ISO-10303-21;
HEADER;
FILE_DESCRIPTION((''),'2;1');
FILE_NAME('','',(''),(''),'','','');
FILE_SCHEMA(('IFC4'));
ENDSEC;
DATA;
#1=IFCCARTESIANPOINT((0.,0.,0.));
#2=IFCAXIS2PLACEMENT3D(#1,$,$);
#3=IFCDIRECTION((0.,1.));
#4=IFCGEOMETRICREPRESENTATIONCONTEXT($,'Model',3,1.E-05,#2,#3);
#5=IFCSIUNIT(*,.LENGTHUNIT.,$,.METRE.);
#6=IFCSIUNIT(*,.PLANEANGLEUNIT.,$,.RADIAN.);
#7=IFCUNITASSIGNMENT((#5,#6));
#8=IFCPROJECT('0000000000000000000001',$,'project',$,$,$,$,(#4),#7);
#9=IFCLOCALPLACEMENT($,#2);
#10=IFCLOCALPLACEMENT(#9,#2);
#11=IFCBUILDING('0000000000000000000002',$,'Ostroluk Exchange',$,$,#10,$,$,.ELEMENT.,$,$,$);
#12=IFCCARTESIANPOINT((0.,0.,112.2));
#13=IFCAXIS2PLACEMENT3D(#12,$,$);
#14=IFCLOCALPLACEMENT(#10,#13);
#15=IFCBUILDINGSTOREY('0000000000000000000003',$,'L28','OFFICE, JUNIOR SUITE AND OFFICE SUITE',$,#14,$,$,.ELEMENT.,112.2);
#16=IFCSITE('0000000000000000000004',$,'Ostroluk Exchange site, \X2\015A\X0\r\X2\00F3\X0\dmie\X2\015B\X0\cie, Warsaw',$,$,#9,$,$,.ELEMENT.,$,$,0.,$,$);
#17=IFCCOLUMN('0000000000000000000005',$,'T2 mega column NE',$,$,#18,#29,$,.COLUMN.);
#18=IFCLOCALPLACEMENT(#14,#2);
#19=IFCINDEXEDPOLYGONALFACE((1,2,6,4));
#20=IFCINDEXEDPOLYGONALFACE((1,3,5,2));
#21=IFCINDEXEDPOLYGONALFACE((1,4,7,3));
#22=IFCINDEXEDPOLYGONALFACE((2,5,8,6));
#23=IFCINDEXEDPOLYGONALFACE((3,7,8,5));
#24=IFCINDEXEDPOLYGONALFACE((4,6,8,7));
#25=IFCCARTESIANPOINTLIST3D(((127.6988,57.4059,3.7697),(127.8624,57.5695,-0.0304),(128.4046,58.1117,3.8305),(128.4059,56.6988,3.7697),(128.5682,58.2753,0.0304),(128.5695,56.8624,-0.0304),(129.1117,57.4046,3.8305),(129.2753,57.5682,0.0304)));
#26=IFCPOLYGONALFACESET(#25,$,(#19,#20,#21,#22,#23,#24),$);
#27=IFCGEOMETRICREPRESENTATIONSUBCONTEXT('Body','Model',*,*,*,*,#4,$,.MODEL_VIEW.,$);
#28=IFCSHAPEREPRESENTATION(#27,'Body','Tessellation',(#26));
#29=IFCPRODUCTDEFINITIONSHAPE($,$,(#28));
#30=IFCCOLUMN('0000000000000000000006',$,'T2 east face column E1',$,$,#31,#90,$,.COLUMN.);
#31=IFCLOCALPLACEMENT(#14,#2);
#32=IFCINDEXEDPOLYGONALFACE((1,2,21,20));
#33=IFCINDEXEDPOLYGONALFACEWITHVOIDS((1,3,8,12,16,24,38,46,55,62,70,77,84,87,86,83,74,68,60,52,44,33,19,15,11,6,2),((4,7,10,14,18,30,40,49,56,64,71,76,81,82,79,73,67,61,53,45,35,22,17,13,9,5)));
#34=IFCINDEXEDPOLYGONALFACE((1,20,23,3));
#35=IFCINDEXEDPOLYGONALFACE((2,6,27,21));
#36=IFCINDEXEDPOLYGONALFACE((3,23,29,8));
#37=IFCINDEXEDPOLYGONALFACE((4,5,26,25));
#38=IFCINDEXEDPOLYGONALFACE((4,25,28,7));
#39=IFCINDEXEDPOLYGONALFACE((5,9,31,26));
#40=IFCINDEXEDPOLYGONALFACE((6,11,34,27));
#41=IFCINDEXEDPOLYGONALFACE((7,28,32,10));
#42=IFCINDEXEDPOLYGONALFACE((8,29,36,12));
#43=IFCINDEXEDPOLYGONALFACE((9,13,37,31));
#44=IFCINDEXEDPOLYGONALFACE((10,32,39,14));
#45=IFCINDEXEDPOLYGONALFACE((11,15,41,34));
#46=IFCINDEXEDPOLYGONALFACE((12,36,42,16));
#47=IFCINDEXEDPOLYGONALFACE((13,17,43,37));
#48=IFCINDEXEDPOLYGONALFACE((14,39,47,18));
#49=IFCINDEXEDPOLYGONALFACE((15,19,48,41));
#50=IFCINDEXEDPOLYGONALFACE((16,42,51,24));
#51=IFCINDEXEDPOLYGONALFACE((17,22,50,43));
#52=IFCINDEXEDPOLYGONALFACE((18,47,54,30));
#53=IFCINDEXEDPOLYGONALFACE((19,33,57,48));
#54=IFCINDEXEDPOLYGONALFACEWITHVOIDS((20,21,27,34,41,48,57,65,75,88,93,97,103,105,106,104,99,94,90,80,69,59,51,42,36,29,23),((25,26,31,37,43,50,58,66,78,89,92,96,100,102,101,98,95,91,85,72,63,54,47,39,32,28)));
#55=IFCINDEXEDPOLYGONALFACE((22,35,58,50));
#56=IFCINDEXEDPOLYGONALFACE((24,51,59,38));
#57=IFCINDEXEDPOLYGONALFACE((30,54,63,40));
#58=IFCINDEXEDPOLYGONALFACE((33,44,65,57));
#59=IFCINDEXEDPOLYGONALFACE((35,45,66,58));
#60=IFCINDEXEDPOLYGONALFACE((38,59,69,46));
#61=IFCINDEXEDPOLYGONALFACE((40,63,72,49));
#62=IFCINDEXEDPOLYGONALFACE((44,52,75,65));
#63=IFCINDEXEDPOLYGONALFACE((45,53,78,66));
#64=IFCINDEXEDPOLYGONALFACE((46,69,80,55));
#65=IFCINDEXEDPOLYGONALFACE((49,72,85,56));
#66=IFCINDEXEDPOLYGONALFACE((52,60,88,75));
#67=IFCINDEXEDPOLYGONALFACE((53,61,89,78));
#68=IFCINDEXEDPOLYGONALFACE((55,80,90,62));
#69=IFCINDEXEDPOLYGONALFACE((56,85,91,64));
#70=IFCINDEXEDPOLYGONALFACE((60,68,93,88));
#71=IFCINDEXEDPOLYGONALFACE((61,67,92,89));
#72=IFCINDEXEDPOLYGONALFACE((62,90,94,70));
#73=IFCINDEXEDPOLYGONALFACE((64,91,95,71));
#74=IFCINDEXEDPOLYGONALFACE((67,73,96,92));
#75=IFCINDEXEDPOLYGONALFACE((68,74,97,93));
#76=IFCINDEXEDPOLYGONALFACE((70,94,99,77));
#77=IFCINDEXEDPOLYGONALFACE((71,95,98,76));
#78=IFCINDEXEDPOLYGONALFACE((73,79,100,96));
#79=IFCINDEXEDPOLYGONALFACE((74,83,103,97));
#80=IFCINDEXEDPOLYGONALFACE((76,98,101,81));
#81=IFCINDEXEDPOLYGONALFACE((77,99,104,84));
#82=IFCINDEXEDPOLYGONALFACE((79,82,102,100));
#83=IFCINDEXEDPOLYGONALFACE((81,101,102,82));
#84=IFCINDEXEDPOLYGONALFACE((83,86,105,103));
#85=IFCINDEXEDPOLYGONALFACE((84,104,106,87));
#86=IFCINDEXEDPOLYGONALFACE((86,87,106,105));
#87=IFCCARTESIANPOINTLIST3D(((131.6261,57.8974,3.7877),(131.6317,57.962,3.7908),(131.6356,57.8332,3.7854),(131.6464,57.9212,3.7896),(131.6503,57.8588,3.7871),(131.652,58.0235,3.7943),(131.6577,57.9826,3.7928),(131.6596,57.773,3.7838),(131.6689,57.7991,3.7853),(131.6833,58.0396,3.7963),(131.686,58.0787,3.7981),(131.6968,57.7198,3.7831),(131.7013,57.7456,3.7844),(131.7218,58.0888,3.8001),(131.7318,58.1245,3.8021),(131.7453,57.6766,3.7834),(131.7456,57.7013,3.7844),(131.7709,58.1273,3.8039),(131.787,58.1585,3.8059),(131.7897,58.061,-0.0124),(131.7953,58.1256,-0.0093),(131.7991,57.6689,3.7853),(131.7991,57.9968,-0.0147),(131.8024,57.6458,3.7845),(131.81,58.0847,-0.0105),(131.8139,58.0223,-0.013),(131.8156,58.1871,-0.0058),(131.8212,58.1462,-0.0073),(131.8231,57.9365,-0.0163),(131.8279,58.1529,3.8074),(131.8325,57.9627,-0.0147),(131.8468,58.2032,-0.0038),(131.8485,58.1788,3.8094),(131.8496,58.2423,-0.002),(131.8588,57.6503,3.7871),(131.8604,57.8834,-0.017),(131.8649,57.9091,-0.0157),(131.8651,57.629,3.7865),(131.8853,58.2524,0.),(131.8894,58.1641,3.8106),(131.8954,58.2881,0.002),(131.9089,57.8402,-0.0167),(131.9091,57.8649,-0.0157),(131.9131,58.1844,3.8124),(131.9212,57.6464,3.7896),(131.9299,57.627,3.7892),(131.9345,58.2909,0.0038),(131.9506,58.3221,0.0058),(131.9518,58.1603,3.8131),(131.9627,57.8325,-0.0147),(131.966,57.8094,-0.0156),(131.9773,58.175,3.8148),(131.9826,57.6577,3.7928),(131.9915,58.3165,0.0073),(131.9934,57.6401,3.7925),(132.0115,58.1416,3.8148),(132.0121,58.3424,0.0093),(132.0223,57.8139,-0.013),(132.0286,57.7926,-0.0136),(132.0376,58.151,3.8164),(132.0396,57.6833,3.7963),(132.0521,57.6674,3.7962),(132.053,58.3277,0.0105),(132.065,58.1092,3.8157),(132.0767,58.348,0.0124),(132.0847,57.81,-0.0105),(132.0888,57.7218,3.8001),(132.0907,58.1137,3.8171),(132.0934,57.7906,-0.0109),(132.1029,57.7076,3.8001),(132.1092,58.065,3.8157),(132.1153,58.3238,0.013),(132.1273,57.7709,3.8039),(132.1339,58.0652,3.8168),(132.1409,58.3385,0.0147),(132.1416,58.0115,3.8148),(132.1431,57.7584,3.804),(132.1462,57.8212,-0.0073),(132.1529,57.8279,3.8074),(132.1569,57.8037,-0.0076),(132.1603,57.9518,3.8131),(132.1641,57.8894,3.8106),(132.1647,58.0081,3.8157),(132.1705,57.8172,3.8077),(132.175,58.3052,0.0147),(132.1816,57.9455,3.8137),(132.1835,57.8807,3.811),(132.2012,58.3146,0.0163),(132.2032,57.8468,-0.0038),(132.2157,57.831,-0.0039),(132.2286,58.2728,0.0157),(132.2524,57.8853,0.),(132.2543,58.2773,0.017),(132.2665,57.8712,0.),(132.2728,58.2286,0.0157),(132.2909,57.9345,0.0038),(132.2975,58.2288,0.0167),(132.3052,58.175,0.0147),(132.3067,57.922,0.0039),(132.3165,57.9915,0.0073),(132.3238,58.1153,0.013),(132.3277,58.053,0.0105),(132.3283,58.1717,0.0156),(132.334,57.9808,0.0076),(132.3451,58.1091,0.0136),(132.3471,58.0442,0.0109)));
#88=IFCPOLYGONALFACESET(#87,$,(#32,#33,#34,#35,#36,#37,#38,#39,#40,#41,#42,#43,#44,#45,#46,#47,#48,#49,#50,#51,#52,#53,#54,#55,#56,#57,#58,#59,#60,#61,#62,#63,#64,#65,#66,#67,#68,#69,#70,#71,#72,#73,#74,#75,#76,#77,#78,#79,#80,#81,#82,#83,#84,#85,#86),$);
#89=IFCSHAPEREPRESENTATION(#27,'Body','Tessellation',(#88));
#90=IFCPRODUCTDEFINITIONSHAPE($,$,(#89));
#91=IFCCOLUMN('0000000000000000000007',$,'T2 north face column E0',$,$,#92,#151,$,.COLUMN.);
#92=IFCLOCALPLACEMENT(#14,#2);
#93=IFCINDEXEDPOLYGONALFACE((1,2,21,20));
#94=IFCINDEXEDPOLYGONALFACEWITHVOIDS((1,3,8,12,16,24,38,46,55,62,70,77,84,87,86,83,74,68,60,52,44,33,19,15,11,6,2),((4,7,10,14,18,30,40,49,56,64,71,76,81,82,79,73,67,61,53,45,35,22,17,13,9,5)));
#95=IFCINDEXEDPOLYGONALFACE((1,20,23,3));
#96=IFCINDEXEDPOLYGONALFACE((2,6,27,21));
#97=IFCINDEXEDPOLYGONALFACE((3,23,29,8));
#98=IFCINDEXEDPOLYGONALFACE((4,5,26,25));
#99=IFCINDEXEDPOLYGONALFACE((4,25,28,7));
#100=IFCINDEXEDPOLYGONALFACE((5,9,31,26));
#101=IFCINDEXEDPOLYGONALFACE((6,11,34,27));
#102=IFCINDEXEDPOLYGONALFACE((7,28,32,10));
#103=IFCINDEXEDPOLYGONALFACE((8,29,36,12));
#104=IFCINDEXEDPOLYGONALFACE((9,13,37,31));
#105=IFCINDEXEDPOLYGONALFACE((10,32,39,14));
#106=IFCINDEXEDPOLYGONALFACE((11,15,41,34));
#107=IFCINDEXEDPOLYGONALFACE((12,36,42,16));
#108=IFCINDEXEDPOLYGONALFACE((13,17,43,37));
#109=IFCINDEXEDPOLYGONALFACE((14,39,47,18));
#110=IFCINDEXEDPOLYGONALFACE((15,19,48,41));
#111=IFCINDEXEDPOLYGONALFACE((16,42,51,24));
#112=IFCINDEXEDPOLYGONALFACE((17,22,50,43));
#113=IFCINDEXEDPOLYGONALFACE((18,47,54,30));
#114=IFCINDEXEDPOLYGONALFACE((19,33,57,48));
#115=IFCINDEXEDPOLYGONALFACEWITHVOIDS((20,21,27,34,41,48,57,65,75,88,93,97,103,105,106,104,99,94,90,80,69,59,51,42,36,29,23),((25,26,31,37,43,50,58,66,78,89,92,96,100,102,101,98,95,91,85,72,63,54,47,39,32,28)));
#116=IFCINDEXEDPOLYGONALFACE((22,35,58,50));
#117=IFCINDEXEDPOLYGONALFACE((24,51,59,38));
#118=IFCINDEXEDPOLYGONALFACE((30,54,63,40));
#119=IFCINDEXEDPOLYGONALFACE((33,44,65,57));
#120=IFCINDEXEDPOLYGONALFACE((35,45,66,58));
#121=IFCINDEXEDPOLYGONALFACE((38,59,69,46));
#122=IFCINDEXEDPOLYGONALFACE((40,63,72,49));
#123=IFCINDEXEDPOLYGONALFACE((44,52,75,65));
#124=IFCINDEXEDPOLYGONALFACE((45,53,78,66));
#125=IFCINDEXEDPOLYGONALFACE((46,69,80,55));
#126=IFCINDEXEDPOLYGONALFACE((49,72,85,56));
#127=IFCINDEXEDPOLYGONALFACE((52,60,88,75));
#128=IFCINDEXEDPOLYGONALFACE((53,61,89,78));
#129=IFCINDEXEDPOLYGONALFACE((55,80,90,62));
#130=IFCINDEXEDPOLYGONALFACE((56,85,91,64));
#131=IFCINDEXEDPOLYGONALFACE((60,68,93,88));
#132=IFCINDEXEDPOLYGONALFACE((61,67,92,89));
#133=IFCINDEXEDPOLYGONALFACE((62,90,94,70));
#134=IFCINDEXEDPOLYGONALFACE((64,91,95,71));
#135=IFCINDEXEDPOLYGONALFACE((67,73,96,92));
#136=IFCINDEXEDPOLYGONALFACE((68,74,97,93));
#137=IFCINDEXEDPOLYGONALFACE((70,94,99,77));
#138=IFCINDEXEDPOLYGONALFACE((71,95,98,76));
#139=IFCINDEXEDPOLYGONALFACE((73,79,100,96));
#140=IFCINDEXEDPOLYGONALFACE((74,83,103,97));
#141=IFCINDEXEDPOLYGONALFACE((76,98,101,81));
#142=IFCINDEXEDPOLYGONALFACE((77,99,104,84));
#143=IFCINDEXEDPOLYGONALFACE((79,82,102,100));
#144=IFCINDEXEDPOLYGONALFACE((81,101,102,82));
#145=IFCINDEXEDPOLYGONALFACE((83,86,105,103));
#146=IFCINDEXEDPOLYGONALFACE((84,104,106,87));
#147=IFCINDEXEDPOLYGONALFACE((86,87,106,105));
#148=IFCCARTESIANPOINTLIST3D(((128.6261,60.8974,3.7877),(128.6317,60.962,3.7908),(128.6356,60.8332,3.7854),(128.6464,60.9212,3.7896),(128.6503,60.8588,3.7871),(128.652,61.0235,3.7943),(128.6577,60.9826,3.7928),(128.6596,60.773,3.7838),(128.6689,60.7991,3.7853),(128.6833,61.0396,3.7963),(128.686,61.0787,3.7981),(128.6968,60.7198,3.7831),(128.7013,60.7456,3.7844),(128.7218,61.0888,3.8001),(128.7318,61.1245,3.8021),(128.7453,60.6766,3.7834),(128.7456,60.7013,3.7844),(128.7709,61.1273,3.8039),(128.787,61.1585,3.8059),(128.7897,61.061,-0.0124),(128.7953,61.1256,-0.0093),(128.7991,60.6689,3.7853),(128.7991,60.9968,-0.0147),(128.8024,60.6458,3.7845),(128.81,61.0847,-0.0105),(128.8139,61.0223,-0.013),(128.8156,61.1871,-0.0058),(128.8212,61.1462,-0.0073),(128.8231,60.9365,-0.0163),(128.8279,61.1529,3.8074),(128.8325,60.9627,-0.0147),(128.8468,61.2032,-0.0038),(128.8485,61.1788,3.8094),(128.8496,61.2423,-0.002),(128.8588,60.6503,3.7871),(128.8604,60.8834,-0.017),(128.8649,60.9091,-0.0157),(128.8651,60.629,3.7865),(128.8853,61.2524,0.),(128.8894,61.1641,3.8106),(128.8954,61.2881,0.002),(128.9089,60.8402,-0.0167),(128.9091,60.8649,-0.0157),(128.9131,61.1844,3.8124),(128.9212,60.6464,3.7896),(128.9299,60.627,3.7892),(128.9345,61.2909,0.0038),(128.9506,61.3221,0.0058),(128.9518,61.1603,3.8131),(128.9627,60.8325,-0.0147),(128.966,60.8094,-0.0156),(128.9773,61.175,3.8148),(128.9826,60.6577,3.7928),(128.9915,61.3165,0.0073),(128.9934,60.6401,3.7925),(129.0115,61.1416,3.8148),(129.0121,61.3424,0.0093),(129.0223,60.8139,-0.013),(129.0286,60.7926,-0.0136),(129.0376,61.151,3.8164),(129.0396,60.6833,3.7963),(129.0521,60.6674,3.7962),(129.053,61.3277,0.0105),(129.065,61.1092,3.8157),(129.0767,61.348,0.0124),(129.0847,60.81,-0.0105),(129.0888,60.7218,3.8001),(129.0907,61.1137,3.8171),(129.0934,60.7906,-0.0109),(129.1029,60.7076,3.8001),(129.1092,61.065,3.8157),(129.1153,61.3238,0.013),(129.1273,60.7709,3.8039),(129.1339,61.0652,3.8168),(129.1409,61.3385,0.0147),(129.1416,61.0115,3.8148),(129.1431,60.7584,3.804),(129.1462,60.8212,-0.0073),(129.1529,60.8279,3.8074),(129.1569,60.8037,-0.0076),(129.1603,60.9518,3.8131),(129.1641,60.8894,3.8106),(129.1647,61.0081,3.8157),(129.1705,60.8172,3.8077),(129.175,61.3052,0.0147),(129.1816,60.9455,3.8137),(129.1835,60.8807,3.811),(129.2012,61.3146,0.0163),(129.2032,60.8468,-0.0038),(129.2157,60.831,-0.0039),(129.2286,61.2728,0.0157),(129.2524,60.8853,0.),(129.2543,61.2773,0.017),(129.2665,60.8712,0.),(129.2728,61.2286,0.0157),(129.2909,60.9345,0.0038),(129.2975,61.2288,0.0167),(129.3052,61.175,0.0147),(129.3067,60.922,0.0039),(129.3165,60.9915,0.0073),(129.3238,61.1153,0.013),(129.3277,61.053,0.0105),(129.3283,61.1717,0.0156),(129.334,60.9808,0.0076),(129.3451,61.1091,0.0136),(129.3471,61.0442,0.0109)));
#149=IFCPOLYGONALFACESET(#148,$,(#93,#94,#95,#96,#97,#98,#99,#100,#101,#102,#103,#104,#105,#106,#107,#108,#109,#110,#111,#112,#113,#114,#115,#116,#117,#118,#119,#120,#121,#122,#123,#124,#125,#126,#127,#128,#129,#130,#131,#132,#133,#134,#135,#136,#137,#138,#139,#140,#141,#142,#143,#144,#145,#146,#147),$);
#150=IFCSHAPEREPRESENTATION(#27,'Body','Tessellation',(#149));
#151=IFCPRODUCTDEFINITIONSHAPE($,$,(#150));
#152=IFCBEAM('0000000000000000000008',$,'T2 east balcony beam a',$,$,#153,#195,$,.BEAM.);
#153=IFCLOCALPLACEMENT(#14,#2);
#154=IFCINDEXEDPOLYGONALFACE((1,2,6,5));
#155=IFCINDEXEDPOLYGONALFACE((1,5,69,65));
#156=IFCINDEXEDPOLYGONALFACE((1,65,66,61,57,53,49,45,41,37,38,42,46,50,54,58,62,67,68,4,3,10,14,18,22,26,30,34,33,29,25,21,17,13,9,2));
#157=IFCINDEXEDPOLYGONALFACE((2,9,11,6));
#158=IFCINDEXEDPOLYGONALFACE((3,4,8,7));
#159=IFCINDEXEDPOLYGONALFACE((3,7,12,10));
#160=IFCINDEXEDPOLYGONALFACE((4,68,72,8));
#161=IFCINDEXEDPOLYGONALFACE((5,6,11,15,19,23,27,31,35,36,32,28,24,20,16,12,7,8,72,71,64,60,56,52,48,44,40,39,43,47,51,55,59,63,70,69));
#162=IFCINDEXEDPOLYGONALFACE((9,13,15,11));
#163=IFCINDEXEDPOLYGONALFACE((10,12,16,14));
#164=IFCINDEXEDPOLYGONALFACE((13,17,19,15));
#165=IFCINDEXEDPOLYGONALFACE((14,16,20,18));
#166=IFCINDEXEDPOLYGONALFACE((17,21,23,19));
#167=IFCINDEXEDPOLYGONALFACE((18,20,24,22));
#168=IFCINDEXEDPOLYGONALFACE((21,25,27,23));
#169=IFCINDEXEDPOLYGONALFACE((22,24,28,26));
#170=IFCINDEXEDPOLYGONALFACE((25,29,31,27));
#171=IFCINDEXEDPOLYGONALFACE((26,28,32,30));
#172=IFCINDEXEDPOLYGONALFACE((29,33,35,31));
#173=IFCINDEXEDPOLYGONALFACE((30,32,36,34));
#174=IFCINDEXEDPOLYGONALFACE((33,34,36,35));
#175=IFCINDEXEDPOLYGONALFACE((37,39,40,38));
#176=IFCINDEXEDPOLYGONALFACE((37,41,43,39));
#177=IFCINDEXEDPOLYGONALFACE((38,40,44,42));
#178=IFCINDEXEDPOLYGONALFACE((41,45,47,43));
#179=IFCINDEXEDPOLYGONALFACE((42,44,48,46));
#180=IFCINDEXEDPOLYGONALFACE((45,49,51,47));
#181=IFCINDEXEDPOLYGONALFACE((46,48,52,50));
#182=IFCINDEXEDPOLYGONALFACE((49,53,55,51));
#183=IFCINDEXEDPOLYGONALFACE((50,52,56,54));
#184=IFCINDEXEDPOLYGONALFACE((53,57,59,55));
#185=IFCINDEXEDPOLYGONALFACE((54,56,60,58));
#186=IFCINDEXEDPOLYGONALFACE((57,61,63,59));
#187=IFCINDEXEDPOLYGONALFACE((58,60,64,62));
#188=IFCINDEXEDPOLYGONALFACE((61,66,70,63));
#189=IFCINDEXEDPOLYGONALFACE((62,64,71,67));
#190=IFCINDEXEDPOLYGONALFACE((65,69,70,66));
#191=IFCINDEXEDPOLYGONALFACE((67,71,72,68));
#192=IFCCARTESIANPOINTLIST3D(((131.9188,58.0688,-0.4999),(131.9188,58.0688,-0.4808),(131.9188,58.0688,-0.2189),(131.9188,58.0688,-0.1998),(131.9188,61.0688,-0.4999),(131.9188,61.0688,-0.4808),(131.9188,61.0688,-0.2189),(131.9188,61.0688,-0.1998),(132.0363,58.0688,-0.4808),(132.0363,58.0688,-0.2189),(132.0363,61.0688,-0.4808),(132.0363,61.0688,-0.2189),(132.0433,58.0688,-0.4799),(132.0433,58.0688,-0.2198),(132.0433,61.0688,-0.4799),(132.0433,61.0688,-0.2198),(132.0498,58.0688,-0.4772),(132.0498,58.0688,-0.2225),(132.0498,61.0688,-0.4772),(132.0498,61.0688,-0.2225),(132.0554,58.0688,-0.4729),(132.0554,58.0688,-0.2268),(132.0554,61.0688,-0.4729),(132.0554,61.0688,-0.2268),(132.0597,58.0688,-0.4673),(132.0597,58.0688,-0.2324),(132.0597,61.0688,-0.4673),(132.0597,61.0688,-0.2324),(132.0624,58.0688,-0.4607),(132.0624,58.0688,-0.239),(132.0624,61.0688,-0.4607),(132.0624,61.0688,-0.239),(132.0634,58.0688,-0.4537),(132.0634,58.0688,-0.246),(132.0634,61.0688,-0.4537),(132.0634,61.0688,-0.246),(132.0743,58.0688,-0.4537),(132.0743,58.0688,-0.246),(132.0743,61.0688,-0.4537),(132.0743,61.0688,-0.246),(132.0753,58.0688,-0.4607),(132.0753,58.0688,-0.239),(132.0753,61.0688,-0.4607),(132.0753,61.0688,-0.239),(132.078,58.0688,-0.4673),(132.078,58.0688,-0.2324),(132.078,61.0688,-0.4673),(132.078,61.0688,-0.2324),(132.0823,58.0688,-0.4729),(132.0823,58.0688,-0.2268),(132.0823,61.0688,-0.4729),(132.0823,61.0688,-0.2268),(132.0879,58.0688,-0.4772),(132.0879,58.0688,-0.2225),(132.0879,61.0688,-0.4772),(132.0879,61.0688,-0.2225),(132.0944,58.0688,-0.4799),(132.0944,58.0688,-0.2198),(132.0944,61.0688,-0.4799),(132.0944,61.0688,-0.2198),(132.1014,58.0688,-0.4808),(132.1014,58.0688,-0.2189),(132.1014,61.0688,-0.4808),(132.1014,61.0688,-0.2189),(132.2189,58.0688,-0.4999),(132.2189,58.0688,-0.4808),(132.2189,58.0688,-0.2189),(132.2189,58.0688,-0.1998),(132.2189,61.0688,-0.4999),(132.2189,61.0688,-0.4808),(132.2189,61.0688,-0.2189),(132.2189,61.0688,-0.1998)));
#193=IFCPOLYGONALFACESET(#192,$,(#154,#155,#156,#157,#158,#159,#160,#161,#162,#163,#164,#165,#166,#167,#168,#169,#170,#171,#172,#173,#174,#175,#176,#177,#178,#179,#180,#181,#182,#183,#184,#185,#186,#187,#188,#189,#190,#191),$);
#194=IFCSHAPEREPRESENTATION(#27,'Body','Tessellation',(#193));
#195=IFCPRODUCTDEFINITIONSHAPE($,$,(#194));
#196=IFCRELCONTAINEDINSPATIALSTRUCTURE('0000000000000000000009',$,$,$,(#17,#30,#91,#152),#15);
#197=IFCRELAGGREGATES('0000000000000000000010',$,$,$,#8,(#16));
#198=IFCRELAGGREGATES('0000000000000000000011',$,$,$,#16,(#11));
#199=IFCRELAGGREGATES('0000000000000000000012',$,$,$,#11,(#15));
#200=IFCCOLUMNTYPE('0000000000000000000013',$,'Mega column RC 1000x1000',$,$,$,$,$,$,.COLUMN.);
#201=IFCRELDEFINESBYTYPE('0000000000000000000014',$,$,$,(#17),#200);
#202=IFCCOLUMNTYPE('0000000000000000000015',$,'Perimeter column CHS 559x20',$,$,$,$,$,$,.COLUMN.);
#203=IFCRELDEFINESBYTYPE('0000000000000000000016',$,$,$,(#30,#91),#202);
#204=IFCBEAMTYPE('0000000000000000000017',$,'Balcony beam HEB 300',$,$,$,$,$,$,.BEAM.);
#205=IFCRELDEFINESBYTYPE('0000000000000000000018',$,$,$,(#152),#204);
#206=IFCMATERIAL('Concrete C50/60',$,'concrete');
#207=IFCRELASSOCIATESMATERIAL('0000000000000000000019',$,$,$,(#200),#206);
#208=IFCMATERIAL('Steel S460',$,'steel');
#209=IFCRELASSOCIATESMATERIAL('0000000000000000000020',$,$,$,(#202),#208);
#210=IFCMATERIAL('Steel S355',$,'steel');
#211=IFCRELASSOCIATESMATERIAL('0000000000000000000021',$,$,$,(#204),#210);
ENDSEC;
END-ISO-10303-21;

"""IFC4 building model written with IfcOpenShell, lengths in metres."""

from ifc_helpers import new_model, si_unit, direction, frame, origin, origin_2d, place, context, subcontext, project, spatial, rectangle, hollow_circle, i_section, extrude, material, material_profile, profile_set, type_object, element, save


model = new_model("IFC4")

# Units and contexts
model_context = context("Model", 3, precision=1e-05, world=origin(), true_north=direction((0.0, 1.0)))
body_context = subcontext(model_context, "Body", "Model", "MODEL_VIEW")
ifc_project = project(units=[si_unit("LENGTHUNIT", "METRE"), si_unit("PLANEANGLEUNIT", "RADIAN")], contexts=[model_context])

# Site, building, storey
site_placement = place(None, origin())
site = spatial("IfcSite", under=ifc_project, at=site_placement, Name="Ostroluk Exchange site, Śródmieście, Warsaw", CompositionType="ELEMENT", RefElevation=0.0)
building_placement = place(site_placement, origin())
building = spatial("IfcBuilding", under=site, at=building_placement, Name="Ostroluk Exchange", CompositionType="ELEMENT")
storey_placement = place(building_placement, frame((0.0, 0.0, 112.2)))
storey = spatial("IfcBuildingStorey", under=building, at=storey_placement, Name="L28", Description="OFFICE, JUNIOR SUITE AND OFFICE SUITE", CompositionType="ELEMENT", Elevation=112.2)

# Columns
ifc_material_1 = material(Name="Concrete C50/60", Category="concrete")
ifc_material_profile_1 = material_profile(ifc_material_1, rectangle(XDim=1.0, YDim=1.0, at=origin_2d()), Name="RC 1000x1000")
ifc_profile_set_1 = profile_set([ifc_material_profile_1], Name="Concrete C50/60")
column_type_1 = type_object("IfcColumnType", Name="Mega column RC 1000x1000", PredefinedType="COLUMN", material=ifc_profile_set_1)
column_placement = place(storey_placement, frame((128.5688, 57.5688, 0.0), z_axis=(-0.042966, -0.042966, 0.998152), x_axis=(0.707107, -0.707107, 0.0)))
element("IfcColumn", 1, at=column_placement, inside=storey, type_object=column_type_1, Name="T2 mega column NE", PredefinedType="COLUMN", context=body_context, shape_type="SweptSolid", body=[
    extrude(rectangle(XDim=1.0, YDim=1.0, at=origin_2d()), origin(), (0.0, 0.0, 1.0), 3.8071),
])
ifc_material_2 = material(Name="Steel S460", Category="steel")
ifc_material_profile_2 = material_profile(ifc_material_2, hollow_circle(Radius=0.2795, WallThickness=0.02, at=origin_2d()), Name="CHS 559x20")
ifc_profile_set_2 = profile_set([ifc_material_profile_2], Name="Steel S460")
column_type_2 = type_object("IfcColumnType", Name="Perimeter column CHS 559x20", PredefinedType="COLUMN", material=ifc_profile_set_2)
for number, where, z_axis, x_axis, name in (
    (2, (132.0688, 58.0688, 0.0), (-0.042966, -0.042966, 0.998152), (0.707107, -0.707107, 0.0), "T2 east face column E1"),
    (3, (129.0688, 61.0688, 0.0), (-0.042966, -0.042966, 0.998152), (0.707107, -0.707107, 0.0), "T2 north face column E0"),
):
    element("IfcColumn", number, at=place(storey_placement, frame(where, z_axis=z_axis, x_axis=x_axis)), inside=storey, type_object=column_type_2, Name=name, PredefinedType="COLUMN", context=body_context, shape_type="SweptSolid", body=[
        extrude(hollow_circle(Radius=0.2795, WallThickness=0.02, at=origin_2d()), origin(), (0.0, 0.0, 1.0), 3.8071),
    ])

# Beam
ifc_material_3 = material(Name="Steel S355", Category="steel")
ifc_material_profile_3 = material_profile(ifc_material_3, i_section(OverallWidth=0.3, OverallDepth=0.3, WebThickness=0.011, FlangeThickness=0.019, FilletRadius=0.0271, at=origin_2d()), Name="HEB 300")
ifc_profile_set_3 = profile_set([ifc_material_profile_3], Name="Steel S355")
beam_type_1 = type_object("IfcBeamType", Name="Balcony beam HEB 300", PredefinedType="BEAM", material=ifc_profile_set_3)
for number, where, z_axis, x_axis, name in (
    (4, (132.0688, 58.0688, -0.3499), (0.0, 1.0, 0.0), (-1.0, 0.0, 0.0), "T2 east balcony beam a"),
):
    element("IfcBeam", number, at=place(storey_placement, frame(where, z_axis=z_axis, x_axis=x_axis)), inside=storey, type_object=beam_type_1, Name=name, PredefinedType="BEAM", context=body_context, shape_type="SweptSolid", body=[
        extrude(i_section(OverallWidth=0.3, OverallDepth=0.3, WebThickness=0.011, FlangeThickness=0.019, FilletRadius=0.0271, at=origin_2d()), origin(), (0.0, 0.0, 1.0), 3.0),
    ])

save(model, "model.ifc")
